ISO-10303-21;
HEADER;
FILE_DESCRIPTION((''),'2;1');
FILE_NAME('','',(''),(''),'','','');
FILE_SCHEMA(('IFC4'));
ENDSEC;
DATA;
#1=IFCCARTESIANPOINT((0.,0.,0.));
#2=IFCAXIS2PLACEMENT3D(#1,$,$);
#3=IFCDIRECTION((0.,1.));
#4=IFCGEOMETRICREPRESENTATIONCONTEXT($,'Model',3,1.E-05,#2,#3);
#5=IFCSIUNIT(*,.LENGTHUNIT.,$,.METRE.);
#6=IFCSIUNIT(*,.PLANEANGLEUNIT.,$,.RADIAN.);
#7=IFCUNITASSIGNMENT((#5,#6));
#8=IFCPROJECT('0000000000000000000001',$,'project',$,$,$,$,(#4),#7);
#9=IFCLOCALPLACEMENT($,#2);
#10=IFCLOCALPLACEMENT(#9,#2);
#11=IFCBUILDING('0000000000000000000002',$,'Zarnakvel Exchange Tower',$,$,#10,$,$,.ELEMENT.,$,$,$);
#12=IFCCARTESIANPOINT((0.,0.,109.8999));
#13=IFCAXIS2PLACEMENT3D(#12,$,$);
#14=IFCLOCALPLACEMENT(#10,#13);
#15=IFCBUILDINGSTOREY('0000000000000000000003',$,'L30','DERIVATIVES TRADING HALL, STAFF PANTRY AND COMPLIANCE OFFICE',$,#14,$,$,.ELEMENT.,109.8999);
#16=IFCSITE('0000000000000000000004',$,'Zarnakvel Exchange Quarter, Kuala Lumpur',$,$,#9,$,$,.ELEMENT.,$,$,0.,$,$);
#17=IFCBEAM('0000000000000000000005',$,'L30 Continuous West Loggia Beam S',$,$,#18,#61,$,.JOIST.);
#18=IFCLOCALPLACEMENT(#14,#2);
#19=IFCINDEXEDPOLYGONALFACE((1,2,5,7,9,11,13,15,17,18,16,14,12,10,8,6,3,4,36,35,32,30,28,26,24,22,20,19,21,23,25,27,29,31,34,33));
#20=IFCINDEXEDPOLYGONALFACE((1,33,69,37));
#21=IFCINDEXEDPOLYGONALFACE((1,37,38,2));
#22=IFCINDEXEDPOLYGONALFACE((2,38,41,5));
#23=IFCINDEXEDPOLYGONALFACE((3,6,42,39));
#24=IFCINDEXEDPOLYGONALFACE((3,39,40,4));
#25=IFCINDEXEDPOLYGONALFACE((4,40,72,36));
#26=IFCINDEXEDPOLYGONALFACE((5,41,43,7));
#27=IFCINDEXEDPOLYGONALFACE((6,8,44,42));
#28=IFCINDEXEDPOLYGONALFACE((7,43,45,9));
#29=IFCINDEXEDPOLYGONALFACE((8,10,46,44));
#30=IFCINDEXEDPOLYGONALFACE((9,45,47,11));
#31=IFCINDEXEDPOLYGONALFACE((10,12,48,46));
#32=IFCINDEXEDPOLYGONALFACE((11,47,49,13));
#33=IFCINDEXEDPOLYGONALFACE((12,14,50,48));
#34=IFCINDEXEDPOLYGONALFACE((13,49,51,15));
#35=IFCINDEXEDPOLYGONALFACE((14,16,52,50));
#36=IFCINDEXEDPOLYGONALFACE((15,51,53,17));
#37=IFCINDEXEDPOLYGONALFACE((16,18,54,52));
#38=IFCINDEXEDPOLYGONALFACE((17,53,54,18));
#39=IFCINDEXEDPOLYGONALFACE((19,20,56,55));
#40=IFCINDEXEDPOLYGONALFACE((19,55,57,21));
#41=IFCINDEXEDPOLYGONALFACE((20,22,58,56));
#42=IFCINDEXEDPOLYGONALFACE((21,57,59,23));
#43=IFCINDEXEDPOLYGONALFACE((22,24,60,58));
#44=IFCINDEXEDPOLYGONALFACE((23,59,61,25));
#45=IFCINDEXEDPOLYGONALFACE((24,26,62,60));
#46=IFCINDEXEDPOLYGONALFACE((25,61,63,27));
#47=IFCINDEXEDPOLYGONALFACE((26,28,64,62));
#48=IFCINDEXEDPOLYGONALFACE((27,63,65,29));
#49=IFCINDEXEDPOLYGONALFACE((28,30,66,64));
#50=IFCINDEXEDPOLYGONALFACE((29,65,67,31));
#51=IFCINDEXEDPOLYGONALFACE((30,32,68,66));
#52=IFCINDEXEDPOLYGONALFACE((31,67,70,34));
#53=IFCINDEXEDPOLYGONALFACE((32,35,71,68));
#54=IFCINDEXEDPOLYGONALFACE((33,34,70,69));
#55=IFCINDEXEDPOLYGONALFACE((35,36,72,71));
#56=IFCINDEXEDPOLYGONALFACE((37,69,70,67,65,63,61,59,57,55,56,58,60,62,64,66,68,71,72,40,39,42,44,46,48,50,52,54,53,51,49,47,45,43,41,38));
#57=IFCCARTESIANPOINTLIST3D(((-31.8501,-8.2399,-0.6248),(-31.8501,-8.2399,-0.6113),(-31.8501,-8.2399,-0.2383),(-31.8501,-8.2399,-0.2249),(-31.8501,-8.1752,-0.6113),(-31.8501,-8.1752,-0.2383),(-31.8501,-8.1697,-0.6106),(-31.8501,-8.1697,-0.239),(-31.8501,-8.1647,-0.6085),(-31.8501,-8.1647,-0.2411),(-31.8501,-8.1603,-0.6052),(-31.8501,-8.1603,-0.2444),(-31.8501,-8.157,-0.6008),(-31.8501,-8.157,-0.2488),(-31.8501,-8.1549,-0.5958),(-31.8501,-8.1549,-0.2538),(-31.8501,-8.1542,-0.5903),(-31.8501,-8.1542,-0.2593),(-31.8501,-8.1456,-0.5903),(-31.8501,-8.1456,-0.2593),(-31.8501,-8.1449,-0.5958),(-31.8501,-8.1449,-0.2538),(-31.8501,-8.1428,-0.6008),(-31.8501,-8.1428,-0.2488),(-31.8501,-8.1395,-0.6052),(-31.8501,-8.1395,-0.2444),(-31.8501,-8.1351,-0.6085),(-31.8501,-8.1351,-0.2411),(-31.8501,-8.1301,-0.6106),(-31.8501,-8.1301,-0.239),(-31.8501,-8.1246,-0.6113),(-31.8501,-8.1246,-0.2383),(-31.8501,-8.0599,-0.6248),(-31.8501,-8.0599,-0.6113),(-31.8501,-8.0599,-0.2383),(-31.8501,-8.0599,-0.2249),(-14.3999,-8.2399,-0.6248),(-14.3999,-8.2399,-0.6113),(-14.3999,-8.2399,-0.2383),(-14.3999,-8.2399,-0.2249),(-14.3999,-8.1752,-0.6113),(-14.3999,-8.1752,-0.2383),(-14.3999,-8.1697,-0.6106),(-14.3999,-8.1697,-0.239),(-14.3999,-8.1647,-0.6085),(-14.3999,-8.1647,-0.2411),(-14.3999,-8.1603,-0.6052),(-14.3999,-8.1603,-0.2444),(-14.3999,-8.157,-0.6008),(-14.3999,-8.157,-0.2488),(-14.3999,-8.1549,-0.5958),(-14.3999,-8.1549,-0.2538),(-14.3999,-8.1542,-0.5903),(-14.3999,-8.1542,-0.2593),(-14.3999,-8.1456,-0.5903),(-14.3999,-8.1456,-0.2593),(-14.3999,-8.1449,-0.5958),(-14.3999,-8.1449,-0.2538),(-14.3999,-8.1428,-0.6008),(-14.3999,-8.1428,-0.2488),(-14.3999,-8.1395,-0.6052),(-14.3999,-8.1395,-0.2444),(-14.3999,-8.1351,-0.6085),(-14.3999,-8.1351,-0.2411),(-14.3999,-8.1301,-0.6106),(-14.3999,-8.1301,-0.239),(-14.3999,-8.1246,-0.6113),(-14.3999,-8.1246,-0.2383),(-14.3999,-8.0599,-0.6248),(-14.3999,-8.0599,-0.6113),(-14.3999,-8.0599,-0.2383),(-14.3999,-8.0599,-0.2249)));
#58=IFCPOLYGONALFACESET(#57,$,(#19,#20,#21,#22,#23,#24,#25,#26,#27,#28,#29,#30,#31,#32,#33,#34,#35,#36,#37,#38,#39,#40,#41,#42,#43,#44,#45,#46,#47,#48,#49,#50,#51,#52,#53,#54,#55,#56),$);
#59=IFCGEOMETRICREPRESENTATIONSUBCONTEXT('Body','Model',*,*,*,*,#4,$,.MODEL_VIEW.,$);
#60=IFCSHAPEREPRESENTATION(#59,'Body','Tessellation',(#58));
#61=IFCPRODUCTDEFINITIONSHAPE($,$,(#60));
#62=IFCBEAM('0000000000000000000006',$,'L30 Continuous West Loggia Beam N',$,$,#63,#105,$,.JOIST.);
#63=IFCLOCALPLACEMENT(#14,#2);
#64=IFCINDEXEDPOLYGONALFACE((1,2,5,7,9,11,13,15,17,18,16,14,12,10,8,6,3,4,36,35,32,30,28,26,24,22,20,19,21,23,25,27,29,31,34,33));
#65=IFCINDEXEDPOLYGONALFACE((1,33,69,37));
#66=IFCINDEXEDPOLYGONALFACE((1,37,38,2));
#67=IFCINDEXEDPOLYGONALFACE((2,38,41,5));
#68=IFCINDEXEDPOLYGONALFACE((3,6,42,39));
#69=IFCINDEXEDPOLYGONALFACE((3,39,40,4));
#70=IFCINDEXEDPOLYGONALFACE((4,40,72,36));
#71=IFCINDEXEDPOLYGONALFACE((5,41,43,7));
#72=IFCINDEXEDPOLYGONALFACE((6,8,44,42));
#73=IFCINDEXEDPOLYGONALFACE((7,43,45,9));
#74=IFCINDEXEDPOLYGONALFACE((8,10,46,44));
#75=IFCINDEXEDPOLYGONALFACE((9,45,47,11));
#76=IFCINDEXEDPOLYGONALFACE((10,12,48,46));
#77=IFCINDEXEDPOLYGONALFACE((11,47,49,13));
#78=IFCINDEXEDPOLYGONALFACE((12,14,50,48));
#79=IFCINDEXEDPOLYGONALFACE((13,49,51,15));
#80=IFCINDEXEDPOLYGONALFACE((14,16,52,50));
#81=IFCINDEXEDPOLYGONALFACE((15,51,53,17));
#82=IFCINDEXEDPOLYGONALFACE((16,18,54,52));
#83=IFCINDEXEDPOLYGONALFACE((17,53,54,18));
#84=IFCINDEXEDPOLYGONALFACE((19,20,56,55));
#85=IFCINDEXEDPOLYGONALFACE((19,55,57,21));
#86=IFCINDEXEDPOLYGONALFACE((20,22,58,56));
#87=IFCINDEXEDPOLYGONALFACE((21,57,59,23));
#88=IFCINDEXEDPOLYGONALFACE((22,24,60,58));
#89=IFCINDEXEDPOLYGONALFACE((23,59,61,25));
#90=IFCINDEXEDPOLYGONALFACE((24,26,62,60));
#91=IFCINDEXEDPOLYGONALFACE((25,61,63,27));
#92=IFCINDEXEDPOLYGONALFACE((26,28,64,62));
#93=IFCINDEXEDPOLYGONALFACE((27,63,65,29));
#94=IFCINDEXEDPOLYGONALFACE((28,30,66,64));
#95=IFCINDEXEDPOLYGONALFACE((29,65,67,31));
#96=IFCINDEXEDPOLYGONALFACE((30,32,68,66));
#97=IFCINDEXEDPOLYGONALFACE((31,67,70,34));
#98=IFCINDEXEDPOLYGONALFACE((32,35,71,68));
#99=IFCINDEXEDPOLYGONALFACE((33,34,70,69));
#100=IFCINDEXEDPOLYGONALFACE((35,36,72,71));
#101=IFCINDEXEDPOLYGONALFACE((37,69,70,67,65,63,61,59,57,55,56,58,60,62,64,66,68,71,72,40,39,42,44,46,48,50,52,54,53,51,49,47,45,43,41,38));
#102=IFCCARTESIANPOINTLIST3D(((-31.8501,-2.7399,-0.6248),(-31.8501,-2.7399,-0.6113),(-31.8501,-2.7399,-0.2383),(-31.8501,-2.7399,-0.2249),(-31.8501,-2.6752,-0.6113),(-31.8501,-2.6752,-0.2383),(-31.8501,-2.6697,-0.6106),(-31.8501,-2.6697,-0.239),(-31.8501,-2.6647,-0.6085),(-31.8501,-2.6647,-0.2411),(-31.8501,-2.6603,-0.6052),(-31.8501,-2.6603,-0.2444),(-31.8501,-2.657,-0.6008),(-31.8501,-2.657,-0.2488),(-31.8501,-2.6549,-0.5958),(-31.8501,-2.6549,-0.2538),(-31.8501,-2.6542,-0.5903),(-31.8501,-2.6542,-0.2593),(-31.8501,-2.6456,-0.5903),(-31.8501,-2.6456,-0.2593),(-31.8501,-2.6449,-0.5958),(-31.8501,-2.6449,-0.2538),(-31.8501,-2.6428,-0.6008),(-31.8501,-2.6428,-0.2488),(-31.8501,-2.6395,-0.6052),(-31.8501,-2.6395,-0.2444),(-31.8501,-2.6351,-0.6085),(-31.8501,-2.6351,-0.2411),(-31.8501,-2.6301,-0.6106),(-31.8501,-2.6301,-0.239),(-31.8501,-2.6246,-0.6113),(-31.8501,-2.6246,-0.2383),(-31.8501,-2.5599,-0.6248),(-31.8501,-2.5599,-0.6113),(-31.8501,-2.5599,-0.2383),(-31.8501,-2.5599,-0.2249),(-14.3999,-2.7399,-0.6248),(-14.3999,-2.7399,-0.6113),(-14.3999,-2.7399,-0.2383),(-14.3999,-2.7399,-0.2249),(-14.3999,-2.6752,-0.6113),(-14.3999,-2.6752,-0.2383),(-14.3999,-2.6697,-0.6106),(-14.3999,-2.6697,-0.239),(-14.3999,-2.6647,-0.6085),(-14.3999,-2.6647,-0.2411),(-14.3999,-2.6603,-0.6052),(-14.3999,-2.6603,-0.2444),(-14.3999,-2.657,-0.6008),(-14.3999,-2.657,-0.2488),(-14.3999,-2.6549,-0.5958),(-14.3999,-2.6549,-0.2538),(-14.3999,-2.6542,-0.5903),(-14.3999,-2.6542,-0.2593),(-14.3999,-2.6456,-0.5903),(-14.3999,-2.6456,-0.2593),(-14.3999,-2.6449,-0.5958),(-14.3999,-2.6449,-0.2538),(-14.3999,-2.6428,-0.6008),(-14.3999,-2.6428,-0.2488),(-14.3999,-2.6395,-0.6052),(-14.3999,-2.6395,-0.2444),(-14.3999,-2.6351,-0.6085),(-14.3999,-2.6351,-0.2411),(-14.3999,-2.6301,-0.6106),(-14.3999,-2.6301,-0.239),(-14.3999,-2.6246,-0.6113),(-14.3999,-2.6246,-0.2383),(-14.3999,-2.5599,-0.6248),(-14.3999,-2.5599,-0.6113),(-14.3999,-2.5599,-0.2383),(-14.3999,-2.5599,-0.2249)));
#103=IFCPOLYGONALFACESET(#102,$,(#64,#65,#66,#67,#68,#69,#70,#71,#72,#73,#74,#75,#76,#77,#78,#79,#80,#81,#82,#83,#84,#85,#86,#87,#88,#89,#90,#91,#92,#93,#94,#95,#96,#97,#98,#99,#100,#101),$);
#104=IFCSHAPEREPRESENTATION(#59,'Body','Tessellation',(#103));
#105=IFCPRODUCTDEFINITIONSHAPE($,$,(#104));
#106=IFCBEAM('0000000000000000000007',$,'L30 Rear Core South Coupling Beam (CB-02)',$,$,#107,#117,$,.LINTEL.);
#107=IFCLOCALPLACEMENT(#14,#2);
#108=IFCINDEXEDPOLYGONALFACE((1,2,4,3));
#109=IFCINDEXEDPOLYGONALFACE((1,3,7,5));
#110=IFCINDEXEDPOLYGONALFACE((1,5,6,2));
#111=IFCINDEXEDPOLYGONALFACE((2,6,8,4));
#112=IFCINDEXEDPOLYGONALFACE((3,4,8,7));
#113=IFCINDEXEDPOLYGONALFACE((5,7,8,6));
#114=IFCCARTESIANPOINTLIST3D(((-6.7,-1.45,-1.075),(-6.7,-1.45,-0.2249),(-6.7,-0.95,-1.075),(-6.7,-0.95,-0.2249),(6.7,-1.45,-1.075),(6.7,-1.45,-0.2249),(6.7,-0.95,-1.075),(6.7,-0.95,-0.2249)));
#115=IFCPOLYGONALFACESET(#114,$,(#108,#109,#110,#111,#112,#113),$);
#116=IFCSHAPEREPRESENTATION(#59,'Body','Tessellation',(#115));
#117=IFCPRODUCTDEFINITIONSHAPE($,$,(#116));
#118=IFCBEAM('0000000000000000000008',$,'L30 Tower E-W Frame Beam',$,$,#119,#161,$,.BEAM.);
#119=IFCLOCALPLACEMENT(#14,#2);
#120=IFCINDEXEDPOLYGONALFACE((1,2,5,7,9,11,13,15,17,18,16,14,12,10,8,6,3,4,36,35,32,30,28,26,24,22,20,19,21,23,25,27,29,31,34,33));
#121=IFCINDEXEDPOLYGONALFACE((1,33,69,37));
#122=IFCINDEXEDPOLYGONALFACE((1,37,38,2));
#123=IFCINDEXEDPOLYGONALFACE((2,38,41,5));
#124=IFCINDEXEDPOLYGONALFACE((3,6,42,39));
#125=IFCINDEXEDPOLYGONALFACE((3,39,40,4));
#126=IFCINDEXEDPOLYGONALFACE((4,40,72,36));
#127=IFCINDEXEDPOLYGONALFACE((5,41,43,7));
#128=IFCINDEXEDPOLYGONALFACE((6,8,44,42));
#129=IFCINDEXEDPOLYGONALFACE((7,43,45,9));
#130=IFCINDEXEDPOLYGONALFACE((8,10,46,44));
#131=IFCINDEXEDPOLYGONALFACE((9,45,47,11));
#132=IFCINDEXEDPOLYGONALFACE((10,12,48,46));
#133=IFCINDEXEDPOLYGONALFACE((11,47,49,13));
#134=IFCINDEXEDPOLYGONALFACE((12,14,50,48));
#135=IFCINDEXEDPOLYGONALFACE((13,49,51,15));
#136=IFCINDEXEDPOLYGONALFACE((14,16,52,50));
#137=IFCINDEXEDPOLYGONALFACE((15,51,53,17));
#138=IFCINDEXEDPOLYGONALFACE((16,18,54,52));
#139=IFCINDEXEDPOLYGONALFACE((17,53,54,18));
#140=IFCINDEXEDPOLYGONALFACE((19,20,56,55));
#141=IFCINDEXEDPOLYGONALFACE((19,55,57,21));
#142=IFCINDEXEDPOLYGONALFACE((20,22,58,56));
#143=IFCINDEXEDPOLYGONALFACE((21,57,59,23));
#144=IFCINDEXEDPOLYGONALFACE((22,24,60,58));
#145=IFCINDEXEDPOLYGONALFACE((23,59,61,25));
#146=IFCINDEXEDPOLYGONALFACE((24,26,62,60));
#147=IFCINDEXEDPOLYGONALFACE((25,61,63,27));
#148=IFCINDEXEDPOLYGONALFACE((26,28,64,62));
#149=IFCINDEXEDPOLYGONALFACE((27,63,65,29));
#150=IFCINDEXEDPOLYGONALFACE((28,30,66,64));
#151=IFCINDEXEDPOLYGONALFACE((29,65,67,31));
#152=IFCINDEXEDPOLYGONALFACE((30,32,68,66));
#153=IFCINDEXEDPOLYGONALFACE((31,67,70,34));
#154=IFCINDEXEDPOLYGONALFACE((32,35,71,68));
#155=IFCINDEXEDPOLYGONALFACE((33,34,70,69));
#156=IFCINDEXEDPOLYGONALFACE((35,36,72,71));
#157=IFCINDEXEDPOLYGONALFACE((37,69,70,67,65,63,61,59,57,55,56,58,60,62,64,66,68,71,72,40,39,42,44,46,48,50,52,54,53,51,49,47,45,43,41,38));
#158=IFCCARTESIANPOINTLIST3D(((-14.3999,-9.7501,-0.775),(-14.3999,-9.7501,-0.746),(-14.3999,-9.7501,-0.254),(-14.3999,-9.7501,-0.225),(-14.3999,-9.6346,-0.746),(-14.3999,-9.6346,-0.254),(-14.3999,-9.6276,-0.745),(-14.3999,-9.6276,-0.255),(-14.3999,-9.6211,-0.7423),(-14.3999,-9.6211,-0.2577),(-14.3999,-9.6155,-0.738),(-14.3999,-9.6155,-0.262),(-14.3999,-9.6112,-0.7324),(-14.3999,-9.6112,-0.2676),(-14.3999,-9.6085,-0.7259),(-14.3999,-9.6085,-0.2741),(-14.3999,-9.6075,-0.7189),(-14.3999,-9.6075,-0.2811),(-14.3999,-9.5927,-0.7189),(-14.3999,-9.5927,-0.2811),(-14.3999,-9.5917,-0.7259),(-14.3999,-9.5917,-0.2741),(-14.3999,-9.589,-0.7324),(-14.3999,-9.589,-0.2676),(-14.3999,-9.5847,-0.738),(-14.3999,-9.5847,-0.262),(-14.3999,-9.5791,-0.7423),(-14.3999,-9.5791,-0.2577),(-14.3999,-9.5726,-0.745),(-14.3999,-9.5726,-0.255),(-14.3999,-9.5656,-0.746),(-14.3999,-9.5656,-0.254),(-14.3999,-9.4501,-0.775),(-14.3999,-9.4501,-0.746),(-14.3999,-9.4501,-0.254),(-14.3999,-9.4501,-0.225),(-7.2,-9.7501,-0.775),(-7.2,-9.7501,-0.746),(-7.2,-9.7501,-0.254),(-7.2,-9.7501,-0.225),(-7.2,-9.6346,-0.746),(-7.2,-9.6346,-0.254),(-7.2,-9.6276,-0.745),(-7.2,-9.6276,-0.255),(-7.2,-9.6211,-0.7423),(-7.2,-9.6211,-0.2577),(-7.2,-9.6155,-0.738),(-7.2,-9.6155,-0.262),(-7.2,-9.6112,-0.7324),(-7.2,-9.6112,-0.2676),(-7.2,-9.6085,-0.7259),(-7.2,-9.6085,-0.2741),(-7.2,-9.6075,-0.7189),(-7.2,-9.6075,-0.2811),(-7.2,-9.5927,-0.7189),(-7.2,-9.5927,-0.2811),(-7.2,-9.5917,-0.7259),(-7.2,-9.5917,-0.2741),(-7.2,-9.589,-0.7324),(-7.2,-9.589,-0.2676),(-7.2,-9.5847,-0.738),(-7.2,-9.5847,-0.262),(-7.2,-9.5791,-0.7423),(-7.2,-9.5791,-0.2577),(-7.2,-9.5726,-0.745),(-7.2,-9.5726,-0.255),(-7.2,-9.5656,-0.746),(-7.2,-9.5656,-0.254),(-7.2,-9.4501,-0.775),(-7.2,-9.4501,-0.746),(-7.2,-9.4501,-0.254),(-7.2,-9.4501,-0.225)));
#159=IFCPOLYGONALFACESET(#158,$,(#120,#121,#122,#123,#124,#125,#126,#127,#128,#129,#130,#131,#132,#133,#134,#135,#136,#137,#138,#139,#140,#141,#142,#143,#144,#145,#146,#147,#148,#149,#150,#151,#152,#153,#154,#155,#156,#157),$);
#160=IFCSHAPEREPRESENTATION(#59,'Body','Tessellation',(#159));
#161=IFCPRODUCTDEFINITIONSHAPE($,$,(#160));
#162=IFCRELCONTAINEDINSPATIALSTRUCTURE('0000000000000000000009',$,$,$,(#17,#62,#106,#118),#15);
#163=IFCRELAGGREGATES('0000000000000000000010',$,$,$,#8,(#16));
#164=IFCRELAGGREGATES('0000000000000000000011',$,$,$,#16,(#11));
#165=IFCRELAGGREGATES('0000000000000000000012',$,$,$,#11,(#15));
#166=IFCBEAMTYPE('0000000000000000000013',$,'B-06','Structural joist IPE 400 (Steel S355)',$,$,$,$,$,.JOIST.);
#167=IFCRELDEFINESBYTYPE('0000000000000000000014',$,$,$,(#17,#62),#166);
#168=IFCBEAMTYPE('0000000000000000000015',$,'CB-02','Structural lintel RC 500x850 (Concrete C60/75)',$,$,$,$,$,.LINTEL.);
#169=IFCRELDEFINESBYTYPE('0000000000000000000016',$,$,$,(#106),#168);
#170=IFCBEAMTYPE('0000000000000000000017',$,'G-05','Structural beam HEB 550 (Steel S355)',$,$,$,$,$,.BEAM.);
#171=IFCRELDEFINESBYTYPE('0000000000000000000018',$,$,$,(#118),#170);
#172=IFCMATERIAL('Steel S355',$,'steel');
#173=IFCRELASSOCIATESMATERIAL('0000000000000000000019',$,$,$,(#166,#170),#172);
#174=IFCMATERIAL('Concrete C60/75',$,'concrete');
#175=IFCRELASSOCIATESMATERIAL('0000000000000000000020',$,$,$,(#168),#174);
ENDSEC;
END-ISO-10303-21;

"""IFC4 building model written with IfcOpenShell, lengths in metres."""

from ifc_helpers import new_model, si_unit, direction, frame, origin, origin_2d, place, context, subcontext, project, spatial, rectangle, i_section, extrude, material, material_profile, profile_set, type_object, element, save


model = new_model("IFC4")

# Units and contexts
model_context = context("Model", 3, precision=1e-05, world=origin(), true_north=direction((0.0, 1.0)))
body_context = subcontext(model_context, "Body", "Model", "MODEL_VIEW")
ifc_project = project(units=[si_unit("LENGTHUNIT", "METRE"), si_unit("PLANEANGLEUNIT", "RADIAN")], contexts=[model_context])

# Site, building, storey
site_placement = place(None, origin())
site = spatial("IfcSite", under=ifc_project, at=site_placement, Name="Zarnakvel Exchange Quarter, Kuala Lumpur", CompositionType="ELEMENT", RefElevation=0.0)
building_placement = place(site_placement, origin())
building = spatial("IfcBuilding", under=site, at=building_placement, Name="Zarnakvel Exchange Tower", CompositionType="ELEMENT")
storey_placement = place(building_placement, frame((0.0, 0.0, 109.8999)))
storey = spatial("IfcBuildingStorey", under=building, at=storey_placement, Name="L30", Description="DERIVATIVES TRADING HALL, STAFF PANTRY AND COMPLIANCE OFFICE", CompositionType="ELEMENT", Elevation=109.8999)

# Shared definitions
ifc_material_1 = material(Name="Concrete C60/75", Category="concrete")

# Beams
ifc_material_2 = material(Name="Steel S355", Category="steel")
ifc_material_profile_1 = material_profile(ifc_material_2, i_section(OverallWidth=0.1799, OverallDepth=0.3999, WebThickness=0.0085, FlangeThickness=0.0134, FilletRadius=0.021, at=origin_2d()))
ifc_profile_set_1 = profile_set([ifc_material_profile_1], Name="Steel S355")
beam_type_1 = type_object("IfcBeamType", Name="B-06", Description="Structural joist IPE 400 (Steel S355)", PredefinedType="JOIST", material=ifc_profile_set_1)
for number, where, z_axis, x_axis, name in (
    (1, (-14.3999, -8.1499, -0.4248), (-1.0, 0.0, 0.0), (0.0, -1.0, 0.0), "L30 Continuous West Loggia Beam S"),
    (2, (-14.3999, -2.6499, -0.4248), (-1.0, 0.0, 0.0), (0.0, -1.0, 0.0), "L30 Continuous West Loggia Beam N"),
):
    element("IfcBeam", number, at=place(storey_placement, frame(where, z_axis=z_axis, x_axis=x_axis)), inside=storey, type_object=beam_type_1, Name=name, PredefinedType="JOIST", context=body_context, shape_type="SweptSolid", body=[
        extrude(i_section(OverallWidth=0.1799, OverallDepth=0.3999, WebThickness=0.0085, FlangeThickness=0.0134, FilletRadius=0.021, at=origin_2d()), origin(), (0.0, 0.0, 1.0), 17.4502),
    ])
ifc_material_profile_2 = material_profile(ifc_material_1, rectangle(XDim=0.5, YDim=0.8501, at=origin_2d()))
ifc_profile_set_2 = profile_set([ifc_material_profile_2], Name="Concrete C60/75")
beam_type_2 = type_object("IfcBeamType", Name="CB-02", Description="Structural lintel RC 500x850 (Concrete C60/75)", PredefinedType="LINTEL", material=ifc_profile_set_2)
beam_1_placement = place(storey_placement, frame((-6.7, -1.2, -0.6499), z_axis=(1.0, 0.0, 0.0), x_axis=(0.0, 1.0, 0.0)))
element("IfcBeam", 3, at=beam_1_placement, inside=storey, type_object=beam_type_2, Name="L30 Rear Core South Coupling Beam (CB-02)", PredefinedType="LINTEL", context=body_context, shape_type="SweptSolid", body=[
    extrude(rectangle(XDim=0.5, YDim=0.8501, at=origin_2d()), origin(), (0.0, 0.0, 1.0), 13.3999),
])
ifc_material_profile_3 = material_profile(ifc_material_2, i_section(OverallWidth=0.3, OverallDepth=0.55, WebThickness=0.0149, FlangeThickness=0.0291, FilletRadius=0.0271, at=origin_2d()))
ifc_profile_set_3 = profile_set([ifc_material_profile_3], Name="Steel S355")
beam_type_3 = type_object("IfcBeamType", Name="G-05", Description="Structural beam HEB 550 (Steel S355)", PredefinedType="BEAM", material=ifc_profile_set_3)
beam_2_placement = place(storey_placement, frame((-14.3999, -9.6001, -0.5), z_axis=(1.0, 0.0, 0.0), x_axis=(0.0, 1.0, 0.0)))
element("IfcBeam", 4, at=beam_2_placement, inside=storey, type_object=beam_type_3, Name="L30 Tower E-W Frame Beam", PredefinedType="BEAM", context=body_context, shape_type="SweptSolid", body=[
    extrude(i_section(OverallWidth=0.3, OverallDepth=0.55, WebThickness=0.0149, FlangeThickness=0.0291, FilletRadius=0.0271, at=origin_2d()), origin(), (0.0, 0.0, 1.0), 7.2),
])

save(model, "model.ifc")
